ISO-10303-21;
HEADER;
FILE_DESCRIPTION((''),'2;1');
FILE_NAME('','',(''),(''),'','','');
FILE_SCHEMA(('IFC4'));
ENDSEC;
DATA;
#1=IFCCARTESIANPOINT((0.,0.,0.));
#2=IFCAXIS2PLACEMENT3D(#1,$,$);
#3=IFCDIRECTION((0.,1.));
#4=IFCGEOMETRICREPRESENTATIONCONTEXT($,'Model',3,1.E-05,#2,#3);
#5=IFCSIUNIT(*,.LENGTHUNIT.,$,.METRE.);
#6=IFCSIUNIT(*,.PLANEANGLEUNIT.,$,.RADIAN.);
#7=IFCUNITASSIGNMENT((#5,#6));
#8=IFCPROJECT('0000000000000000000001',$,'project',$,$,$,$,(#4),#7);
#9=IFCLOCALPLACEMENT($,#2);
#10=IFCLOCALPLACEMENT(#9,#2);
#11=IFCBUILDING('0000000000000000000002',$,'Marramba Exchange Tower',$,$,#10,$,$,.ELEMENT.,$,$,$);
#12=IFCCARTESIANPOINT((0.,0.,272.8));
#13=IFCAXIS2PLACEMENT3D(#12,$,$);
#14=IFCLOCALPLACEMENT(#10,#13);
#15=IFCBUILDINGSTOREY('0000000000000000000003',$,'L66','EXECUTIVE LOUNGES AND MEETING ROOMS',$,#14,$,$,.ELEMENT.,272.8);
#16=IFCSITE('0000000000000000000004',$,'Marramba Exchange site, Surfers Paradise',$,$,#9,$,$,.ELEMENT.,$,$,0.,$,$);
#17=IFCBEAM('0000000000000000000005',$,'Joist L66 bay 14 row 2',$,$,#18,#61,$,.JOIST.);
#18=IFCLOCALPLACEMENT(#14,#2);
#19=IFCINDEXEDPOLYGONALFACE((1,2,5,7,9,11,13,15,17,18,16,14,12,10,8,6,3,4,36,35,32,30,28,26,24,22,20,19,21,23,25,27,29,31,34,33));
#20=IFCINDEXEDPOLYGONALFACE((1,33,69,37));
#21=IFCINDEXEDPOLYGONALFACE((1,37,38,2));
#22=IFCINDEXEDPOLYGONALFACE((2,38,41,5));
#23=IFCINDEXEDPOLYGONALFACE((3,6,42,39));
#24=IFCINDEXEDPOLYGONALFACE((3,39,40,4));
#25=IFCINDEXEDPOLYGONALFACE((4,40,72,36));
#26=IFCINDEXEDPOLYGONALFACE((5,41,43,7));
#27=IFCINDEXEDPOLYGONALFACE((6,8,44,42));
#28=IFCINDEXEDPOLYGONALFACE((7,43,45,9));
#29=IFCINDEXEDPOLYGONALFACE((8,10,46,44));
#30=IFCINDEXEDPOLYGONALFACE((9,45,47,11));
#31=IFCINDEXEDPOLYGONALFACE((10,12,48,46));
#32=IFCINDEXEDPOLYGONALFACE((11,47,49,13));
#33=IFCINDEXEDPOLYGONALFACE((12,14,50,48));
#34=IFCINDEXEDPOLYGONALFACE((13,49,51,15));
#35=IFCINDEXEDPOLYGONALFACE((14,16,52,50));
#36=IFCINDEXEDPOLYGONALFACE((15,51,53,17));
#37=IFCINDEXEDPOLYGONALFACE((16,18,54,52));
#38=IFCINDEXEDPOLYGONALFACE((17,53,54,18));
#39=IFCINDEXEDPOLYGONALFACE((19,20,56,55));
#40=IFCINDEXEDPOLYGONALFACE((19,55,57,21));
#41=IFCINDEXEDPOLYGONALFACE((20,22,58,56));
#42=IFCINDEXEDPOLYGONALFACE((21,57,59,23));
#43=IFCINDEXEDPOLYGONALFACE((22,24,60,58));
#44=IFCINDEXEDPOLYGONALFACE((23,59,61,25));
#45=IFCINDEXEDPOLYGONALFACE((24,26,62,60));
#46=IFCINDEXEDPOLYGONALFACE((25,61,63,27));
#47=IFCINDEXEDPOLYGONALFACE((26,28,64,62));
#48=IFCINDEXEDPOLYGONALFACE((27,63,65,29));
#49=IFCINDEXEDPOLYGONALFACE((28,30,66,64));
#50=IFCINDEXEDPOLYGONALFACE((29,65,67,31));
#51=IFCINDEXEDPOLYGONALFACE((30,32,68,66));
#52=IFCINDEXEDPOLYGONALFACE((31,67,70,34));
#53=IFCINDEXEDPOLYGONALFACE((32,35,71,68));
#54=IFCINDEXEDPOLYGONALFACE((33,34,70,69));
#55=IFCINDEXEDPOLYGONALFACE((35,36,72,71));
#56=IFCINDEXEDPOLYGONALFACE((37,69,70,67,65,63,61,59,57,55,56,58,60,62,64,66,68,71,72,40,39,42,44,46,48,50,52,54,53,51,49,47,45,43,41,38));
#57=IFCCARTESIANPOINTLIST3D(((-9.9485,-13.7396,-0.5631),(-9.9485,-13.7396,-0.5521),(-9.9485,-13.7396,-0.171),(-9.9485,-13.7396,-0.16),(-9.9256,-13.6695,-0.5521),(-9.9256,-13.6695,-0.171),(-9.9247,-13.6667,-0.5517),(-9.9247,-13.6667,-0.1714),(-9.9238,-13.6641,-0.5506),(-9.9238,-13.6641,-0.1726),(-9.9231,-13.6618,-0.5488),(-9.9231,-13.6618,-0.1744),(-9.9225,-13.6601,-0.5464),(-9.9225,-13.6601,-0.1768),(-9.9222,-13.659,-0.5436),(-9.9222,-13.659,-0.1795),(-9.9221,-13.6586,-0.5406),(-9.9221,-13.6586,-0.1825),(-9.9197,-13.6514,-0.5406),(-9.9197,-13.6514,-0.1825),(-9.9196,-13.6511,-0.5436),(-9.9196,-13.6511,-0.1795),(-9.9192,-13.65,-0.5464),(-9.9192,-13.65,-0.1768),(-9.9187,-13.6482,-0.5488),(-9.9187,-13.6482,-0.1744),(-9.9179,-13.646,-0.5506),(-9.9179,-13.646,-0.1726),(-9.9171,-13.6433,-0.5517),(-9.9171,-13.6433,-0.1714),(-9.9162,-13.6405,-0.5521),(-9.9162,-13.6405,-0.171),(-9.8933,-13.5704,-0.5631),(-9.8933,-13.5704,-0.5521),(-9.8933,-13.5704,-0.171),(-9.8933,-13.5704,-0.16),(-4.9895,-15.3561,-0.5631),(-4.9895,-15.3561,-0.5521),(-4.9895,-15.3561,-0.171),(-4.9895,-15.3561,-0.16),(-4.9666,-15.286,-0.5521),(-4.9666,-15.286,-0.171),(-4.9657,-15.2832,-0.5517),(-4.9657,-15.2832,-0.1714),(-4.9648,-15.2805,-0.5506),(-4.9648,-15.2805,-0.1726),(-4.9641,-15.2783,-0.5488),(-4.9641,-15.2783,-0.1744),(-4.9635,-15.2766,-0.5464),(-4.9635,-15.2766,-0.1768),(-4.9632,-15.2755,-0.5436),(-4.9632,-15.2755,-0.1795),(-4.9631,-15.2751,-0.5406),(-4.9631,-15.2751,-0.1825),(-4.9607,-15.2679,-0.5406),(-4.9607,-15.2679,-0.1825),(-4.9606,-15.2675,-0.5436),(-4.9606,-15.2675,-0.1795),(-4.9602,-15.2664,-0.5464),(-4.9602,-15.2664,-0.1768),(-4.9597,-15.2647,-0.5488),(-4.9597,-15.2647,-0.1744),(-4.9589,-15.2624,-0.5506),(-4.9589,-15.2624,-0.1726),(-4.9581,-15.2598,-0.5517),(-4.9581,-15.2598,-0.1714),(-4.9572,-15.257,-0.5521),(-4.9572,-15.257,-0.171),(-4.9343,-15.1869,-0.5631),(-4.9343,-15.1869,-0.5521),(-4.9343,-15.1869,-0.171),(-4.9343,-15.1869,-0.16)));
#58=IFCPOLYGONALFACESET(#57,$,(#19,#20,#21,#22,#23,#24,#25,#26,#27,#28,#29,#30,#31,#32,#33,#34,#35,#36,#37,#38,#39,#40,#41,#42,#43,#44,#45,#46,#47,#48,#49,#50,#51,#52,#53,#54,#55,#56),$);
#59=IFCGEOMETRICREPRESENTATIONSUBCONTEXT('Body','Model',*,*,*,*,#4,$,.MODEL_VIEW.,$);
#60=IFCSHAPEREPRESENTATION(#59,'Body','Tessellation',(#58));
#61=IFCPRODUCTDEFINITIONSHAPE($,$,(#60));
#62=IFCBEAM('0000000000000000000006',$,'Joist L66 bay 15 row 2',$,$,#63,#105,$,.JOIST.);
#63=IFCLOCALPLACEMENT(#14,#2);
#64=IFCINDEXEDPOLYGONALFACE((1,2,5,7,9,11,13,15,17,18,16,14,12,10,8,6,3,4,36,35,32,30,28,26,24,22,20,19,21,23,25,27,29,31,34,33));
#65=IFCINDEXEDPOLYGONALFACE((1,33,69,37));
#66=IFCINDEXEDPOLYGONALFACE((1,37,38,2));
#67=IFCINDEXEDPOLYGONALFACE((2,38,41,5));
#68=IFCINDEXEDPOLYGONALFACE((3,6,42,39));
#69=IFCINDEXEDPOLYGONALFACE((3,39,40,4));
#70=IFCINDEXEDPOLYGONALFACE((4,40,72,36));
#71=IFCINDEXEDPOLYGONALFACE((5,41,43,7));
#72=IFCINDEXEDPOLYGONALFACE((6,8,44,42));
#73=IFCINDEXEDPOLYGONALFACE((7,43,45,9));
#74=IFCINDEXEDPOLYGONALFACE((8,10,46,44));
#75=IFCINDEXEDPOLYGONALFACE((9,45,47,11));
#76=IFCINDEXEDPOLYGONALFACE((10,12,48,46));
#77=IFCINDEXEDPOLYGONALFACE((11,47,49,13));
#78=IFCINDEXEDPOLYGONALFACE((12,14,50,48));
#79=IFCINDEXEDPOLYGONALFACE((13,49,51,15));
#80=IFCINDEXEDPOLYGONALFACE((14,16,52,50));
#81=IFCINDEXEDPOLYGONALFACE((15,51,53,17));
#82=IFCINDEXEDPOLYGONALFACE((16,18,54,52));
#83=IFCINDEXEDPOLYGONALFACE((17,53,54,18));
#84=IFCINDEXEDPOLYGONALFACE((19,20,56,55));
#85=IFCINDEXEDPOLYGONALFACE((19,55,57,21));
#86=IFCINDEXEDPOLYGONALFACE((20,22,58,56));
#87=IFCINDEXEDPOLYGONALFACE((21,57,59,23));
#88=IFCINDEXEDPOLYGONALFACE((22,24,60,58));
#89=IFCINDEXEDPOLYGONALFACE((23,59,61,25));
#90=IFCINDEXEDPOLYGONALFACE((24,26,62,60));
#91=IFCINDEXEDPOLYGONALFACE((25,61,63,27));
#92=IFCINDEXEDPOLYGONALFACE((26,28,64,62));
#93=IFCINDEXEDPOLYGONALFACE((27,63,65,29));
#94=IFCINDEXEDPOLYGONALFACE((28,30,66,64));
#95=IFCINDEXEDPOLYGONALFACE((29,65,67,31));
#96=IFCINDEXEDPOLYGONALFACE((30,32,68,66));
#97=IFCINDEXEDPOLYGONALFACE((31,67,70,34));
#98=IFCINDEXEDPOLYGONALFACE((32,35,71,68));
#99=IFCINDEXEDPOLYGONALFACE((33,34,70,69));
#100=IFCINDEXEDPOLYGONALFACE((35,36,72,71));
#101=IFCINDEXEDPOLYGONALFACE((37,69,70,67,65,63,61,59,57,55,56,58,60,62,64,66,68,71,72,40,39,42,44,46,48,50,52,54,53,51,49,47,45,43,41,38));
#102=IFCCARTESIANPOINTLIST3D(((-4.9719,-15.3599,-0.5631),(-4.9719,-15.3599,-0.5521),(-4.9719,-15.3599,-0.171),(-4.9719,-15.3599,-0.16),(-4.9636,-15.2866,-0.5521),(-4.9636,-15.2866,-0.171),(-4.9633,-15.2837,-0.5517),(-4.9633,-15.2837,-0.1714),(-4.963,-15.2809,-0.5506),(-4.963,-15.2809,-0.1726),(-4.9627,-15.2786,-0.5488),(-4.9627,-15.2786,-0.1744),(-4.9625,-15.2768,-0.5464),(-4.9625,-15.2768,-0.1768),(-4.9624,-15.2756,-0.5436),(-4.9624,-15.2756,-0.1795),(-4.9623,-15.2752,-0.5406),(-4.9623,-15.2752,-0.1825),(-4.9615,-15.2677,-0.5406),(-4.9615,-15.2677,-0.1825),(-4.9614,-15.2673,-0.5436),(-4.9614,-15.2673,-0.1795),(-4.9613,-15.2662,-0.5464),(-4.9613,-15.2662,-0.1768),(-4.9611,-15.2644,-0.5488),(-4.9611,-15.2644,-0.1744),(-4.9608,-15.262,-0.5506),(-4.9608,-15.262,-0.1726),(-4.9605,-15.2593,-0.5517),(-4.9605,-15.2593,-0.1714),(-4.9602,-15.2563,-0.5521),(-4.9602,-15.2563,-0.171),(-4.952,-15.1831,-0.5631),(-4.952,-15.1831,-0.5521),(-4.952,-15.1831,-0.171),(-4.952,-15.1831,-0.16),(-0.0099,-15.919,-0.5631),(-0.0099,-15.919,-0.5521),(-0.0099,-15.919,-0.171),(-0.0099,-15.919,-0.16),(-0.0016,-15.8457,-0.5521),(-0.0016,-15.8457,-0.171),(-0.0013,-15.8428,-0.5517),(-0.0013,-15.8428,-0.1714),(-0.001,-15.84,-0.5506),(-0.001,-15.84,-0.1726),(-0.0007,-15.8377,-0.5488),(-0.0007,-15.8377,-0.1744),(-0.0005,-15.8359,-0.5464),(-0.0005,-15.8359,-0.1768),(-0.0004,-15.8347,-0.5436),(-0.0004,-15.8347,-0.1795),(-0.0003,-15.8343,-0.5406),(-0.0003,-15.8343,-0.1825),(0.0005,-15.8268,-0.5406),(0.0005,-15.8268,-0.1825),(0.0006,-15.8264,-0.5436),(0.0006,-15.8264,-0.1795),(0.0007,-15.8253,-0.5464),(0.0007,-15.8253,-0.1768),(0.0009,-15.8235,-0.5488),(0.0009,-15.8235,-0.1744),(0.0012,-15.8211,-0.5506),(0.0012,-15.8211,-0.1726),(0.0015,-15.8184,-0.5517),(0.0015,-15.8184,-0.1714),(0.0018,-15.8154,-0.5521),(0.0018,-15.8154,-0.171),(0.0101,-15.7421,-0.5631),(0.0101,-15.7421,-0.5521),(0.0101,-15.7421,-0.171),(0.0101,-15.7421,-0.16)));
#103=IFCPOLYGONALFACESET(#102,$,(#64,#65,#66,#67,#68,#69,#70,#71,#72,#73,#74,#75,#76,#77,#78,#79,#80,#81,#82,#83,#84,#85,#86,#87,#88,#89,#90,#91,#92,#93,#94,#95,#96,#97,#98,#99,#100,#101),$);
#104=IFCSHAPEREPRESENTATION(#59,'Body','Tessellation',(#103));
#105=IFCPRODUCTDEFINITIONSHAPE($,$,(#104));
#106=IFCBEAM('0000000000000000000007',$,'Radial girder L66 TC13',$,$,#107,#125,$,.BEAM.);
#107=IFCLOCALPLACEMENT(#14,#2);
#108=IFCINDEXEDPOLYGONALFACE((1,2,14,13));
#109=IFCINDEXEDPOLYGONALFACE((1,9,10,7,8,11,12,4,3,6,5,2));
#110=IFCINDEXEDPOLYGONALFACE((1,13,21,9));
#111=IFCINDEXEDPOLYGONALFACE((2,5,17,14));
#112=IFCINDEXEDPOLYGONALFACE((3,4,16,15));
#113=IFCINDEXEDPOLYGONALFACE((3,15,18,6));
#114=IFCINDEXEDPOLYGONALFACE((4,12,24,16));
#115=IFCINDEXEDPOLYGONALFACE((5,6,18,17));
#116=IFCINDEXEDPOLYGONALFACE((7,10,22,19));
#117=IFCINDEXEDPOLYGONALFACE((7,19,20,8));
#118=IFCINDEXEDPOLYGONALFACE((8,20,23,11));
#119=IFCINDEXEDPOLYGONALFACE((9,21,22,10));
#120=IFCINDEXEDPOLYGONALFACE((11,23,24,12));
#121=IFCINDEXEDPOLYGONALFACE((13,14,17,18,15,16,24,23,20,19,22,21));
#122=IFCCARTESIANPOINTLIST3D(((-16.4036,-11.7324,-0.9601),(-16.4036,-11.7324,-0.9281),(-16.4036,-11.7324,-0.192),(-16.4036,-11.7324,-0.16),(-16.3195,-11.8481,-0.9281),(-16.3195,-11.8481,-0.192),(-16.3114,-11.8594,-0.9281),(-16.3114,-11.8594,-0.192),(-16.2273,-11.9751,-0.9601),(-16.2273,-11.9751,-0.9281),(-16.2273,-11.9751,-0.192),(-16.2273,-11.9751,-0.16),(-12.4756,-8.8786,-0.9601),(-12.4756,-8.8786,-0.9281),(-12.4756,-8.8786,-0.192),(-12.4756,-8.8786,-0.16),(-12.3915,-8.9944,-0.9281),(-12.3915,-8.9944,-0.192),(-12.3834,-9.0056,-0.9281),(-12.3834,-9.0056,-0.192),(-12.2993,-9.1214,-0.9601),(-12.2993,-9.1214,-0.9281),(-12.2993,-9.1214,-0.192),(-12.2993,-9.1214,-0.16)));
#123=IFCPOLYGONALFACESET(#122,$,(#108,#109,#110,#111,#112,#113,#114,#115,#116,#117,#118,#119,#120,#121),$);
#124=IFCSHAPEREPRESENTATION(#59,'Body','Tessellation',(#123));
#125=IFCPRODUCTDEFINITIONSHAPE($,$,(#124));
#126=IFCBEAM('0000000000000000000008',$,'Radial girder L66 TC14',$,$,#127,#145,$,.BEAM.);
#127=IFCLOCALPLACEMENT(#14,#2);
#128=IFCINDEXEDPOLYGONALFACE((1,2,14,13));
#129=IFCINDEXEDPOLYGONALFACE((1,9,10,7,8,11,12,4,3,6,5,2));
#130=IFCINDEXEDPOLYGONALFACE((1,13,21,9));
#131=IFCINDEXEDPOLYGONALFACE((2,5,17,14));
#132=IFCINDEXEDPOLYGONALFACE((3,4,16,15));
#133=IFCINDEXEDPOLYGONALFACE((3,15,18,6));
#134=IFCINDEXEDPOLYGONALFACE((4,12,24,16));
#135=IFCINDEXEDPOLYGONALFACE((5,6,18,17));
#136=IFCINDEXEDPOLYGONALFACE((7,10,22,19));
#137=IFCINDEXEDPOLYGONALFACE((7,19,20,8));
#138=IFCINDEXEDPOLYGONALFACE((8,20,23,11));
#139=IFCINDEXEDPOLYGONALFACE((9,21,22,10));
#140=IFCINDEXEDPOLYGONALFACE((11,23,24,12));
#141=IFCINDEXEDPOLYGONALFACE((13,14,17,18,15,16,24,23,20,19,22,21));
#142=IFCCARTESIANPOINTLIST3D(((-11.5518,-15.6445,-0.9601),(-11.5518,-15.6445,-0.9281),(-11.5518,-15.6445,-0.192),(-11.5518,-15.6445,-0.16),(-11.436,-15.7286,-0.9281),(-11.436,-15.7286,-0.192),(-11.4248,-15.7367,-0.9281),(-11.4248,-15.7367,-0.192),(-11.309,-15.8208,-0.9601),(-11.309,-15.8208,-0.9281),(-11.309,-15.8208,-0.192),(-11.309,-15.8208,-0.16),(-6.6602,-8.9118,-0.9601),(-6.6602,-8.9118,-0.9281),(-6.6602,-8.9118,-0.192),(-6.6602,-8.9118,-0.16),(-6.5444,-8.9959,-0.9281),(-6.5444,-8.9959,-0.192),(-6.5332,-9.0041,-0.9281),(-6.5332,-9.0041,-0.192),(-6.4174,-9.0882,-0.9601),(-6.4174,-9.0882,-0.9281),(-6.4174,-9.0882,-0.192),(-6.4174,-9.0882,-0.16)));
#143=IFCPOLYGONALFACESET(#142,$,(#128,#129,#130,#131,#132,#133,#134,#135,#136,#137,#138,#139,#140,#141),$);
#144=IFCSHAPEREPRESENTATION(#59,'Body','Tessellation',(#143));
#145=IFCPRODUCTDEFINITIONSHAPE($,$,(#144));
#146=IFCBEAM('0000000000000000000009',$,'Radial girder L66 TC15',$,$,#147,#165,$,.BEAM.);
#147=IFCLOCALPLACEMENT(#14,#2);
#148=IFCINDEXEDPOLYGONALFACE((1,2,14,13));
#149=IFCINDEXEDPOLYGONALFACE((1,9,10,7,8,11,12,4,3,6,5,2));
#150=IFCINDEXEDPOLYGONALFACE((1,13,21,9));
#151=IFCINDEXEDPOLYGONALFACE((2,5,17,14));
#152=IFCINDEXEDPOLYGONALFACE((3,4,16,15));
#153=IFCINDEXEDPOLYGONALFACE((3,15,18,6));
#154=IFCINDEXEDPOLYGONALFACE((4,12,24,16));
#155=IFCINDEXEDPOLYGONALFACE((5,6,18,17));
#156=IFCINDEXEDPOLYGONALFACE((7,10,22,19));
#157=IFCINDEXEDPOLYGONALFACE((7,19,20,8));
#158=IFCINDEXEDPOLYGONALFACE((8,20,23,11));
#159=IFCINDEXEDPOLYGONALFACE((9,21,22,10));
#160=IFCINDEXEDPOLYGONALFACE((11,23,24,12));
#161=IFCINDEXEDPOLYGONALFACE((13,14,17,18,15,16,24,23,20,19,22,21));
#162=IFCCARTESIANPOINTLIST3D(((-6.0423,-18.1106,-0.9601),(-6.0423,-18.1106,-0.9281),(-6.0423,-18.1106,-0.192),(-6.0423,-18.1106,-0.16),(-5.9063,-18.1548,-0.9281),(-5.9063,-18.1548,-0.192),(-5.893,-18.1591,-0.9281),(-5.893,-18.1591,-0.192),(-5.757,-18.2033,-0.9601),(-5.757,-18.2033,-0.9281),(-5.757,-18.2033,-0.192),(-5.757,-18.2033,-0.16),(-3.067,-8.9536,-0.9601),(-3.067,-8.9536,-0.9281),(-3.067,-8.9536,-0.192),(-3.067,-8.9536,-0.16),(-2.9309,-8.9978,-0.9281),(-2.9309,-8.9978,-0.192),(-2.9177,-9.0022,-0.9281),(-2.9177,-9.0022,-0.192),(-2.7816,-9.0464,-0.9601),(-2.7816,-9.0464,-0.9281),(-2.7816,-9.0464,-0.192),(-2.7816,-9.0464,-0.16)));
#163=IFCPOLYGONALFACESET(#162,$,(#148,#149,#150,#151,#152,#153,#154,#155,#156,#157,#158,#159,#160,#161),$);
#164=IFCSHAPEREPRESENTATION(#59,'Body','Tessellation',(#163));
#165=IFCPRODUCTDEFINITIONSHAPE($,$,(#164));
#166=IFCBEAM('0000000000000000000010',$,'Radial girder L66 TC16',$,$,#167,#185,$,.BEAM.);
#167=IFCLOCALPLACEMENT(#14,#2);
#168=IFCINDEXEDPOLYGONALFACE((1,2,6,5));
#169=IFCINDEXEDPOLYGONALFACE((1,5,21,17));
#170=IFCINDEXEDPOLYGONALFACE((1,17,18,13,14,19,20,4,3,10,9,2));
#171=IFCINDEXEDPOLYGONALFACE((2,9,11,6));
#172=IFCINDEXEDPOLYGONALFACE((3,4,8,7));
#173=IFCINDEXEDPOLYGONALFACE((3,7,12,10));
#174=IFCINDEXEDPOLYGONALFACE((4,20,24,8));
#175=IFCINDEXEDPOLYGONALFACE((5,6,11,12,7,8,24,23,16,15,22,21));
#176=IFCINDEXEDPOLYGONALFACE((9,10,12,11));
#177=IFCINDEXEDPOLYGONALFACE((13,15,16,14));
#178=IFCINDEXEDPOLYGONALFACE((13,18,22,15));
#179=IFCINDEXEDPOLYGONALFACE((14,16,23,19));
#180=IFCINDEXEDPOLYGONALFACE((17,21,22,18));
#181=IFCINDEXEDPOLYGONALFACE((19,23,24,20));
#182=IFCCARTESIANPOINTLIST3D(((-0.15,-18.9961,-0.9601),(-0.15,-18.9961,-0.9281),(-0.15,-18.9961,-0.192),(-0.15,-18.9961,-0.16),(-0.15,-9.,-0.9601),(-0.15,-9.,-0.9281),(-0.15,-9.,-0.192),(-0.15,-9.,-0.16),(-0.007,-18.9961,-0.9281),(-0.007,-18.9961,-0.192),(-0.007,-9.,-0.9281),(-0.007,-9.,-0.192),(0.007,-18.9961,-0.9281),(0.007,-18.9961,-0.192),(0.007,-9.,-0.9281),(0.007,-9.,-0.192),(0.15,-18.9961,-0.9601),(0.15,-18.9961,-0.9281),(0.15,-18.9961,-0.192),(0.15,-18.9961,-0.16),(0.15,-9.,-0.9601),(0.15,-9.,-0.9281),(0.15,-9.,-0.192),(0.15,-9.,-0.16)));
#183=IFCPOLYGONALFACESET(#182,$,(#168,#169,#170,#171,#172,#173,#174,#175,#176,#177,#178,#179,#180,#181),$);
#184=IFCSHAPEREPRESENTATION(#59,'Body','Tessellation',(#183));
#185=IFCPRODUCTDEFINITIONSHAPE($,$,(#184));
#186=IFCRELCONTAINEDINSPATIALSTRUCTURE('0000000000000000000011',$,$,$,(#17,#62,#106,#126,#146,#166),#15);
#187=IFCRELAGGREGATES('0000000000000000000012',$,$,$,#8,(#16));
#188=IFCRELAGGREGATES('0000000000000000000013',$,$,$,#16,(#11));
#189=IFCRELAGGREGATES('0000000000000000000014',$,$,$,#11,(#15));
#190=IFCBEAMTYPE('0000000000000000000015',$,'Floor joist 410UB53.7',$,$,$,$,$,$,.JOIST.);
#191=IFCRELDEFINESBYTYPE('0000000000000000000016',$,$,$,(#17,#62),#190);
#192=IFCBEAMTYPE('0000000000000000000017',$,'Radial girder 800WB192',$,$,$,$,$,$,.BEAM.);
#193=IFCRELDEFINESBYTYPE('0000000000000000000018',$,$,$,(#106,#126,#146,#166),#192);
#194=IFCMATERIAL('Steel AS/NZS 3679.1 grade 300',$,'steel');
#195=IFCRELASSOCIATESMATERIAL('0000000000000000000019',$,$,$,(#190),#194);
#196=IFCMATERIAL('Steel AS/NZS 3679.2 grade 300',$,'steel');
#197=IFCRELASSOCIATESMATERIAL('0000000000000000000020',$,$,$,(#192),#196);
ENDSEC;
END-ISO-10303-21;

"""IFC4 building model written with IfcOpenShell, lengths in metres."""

from ifc_helpers import new_model, si_unit, direction, frame, origin, origin_2d, place, context, subcontext, project, spatial, i_section, extrude, material, material_profile, profile_set, type_object, element, save


model = new_model("IFC4")

# Units and contexts
model_context = context("Model", 3, precision=1e-05, world=origin(), true_north=direction((0.0, 1.0)))
body_context = subcontext(model_context, "Body", "Model", "MODEL_VIEW")
ifc_project = project(units=[si_unit("LENGTHUNIT", "METRE"), si_unit("PLANEANGLEUNIT", "RADIAN")], contexts=[model_context])

# Site, building, storey
site_placement = place(None, origin())
site = spatial("IfcSite", under=ifc_project, at=site_placement, Name="Marramba Exchange site, Surfers Paradise", CompositionType="ELEMENT", RefElevation=0.0)
building_placement = place(site_placement, origin())
building = spatial("IfcBuilding", under=site, at=building_placement, Name="Marramba Exchange Tower", CompositionType="ELEMENT")
storey_placement = place(building_placement, frame((0.0, 0.0, 272.8)))
storey = spatial("IfcBuildingStorey", under=building, at=storey_placement, Name="L66", Description="EXECUTIVE LOUNGES AND MEETING ROOMS", CompositionType="ELEMENT", Elevation=272.8)

# Beams
ifc_material_1 = material(Name="Steel AS/NZS 3679.1 grade 300", Category="steel")
ifc_material_profile_1 = material_profile(ifc_material_1, i_section(OverallWidth=0.178, OverallDepth=0.4031, WebThickness=0.0076, FlangeThickness=0.011, FilletRadius=0.0115, at=origin_2d()), Name="410UB53.7")
ifc_profile_set_1 = profile_set([ifc_material_profile_1], Name="Steel AS/NZS 3679.1 grade 300")
beam_type_1 = type_object("IfcBeamType", Name="Floor joist 410UB53.7", PredefinedType="JOIST", material=ifc_profile_set_1)
beam_1_placement = place(storey_placement, frame((-9.9209, -13.655, -0.3616), z_axis=(0.950764, -0.309916, 0.0), x_axis=(0.309916, 0.950764, 0.0)))
element("IfcBeam", 1, at=beam_1_placement, inside=storey, type_object=beam_type_1, Name="Joist L66 bay 14 row 2", PredefinedType="JOIST", context=body_context, shape_type="SweptSolid", body=[
    extrude(i_section(OverallWidth=0.178, OverallDepth=0.4031, WebThickness=0.0076, FlangeThickness=0.011, FilletRadius=0.0115, at=origin_2d()), origin(), (0.0, 0.0, 1.0), 5.2158),
])
beam_2_placement = place(storey_placement, frame((-4.9619, -15.2715, -0.3616), z_axis=(0.993712, -0.111966, 0.0), x_axis=(0.111966, 0.993712, 0.0)))
element("IfcBeam", 2, at=beam_2_placement, inside=storey, type_object=beam_type_1, Name="Joist L66 bay 15 row 2", PredefinedType="JOIST", context=body_context, shape_type="SweptSolid", body=[
    extrude(i_section(OverallWidth=0.178, OverallDepth=0.4031, WebThickness=0.0076, FlangeThickness=0.011, FilletRadius=0.0115, at=origin_2d()), origin(), (0.0, 0.0, 1.0), 4.9934),
])
ifc_material_2 = material(Name="Steel AS/NZS 3679.2 grade 300", Category="steel")
ifc_material_profile_2 = material_profile(ifc_material_2, i_section(OverallWidth=0.3, OverallDepth=0.8, WebThickness=0.0139, FlangeThickness=0.032, at=origin_2d()), Name="800WB192")
ifc_profile_set_2 = profile_set([ifc_material_profile_2], Name="Steel AS/NZS 3679.2 grade 300")
beam_type_2 = type_object("IfcBeamType", Name="Radial girder 800WB192", PredefinedType="BEAM", material=ifc_profile_set_2)
beam_3_placement = place(storey_placement, frame((-12.3875, -9.0, -0.5601), z_axis=(-0.809025, -0.587774, 0.0), x_axis=(0.587774, -0.809025, 0.0)))
element("IfcBeam", 3, at=beam_3_placement, inside=storey, type_object=beam_type_2, Name="Radial girder L66 TC13", PredefinedType="BEAM", context=body_context, shape_type="SweptSolid", body=[
    extrude(i_section(OverallWidth=0.3, OverallDepth=0.8, WebThickness=0.0139, FlangeThickness=0.032, at=origin_2d()), origin(), (0.0, 0.0, 1.0), 4.8552),
])
beam_4_placement = place(storey_placement, frame((-6.5388, -9.0, -0.5601), z_axis=(-0.587788, -0.809015, 0.0), x_axis=(0.809015, -0.587788, 0.0)))
element("IfcBeam", 4, at=beam_4_placement, inside=storey, type_object=beam_type_2, Name="Radial girder L66 TC14", PredefinedType="BEAM", context=body_context, shape_type="SweptSolid", body=[
    extrude(i_section(OverallWidth=0.3, OverallDepth=0.8, WebThickness=0.0139, FlangeThickness=0.032, at=origin_2d()), origin(), (0.0, 0.0, 1.0), 8.322),
])
beam_5_placement = place(storey_placement, frame((-2.9243, -9.0, -0.5601), z_axis=(-0.309022, -0.951055, 0.0), x_axis=(0.951055, -0.309022, 0.0)))
element("IfcBeam", 5, at=beam_5_placement, inside=storey, type_object=beam_type_2, Name="Radial girder L66 TC15", PredefinedType="BEAM", context=body_context, shape_type="SweptSolid", body=[
    extrude(i_section(OverallWidth=0.3, OverallDepth=0.8, WebThickness=0.0139, FlangeThickness=0.032, at=origin_2d()), origin(), (0.0, 0.0, 1.0), 9.6282),
])
beam_6_placement = place(storey_placement, frame((0.0, -9.0, -0.5601), z_axis=(0.0, -1.0, 0.0), x_axis=(1.0, 0.0, 0.0)))
element("IfcBeam", 6, at=beam_6_placement, inside=storey, type_object=beam_type_2, Name="Radial girder L66 TC16", PredefinedType="BEAM", context=body_context, shape_type="SweptSolid", body=[
    extrude(i_section(OverallWidth=0.3, OverallDepth=0.8, WebThickness=0.0139, FlangeThickness=0.032, at=origin_2d()), origin(), (0.0, 0.0, 1.0), 9.9961),
])

save(model, "model.ifc")
